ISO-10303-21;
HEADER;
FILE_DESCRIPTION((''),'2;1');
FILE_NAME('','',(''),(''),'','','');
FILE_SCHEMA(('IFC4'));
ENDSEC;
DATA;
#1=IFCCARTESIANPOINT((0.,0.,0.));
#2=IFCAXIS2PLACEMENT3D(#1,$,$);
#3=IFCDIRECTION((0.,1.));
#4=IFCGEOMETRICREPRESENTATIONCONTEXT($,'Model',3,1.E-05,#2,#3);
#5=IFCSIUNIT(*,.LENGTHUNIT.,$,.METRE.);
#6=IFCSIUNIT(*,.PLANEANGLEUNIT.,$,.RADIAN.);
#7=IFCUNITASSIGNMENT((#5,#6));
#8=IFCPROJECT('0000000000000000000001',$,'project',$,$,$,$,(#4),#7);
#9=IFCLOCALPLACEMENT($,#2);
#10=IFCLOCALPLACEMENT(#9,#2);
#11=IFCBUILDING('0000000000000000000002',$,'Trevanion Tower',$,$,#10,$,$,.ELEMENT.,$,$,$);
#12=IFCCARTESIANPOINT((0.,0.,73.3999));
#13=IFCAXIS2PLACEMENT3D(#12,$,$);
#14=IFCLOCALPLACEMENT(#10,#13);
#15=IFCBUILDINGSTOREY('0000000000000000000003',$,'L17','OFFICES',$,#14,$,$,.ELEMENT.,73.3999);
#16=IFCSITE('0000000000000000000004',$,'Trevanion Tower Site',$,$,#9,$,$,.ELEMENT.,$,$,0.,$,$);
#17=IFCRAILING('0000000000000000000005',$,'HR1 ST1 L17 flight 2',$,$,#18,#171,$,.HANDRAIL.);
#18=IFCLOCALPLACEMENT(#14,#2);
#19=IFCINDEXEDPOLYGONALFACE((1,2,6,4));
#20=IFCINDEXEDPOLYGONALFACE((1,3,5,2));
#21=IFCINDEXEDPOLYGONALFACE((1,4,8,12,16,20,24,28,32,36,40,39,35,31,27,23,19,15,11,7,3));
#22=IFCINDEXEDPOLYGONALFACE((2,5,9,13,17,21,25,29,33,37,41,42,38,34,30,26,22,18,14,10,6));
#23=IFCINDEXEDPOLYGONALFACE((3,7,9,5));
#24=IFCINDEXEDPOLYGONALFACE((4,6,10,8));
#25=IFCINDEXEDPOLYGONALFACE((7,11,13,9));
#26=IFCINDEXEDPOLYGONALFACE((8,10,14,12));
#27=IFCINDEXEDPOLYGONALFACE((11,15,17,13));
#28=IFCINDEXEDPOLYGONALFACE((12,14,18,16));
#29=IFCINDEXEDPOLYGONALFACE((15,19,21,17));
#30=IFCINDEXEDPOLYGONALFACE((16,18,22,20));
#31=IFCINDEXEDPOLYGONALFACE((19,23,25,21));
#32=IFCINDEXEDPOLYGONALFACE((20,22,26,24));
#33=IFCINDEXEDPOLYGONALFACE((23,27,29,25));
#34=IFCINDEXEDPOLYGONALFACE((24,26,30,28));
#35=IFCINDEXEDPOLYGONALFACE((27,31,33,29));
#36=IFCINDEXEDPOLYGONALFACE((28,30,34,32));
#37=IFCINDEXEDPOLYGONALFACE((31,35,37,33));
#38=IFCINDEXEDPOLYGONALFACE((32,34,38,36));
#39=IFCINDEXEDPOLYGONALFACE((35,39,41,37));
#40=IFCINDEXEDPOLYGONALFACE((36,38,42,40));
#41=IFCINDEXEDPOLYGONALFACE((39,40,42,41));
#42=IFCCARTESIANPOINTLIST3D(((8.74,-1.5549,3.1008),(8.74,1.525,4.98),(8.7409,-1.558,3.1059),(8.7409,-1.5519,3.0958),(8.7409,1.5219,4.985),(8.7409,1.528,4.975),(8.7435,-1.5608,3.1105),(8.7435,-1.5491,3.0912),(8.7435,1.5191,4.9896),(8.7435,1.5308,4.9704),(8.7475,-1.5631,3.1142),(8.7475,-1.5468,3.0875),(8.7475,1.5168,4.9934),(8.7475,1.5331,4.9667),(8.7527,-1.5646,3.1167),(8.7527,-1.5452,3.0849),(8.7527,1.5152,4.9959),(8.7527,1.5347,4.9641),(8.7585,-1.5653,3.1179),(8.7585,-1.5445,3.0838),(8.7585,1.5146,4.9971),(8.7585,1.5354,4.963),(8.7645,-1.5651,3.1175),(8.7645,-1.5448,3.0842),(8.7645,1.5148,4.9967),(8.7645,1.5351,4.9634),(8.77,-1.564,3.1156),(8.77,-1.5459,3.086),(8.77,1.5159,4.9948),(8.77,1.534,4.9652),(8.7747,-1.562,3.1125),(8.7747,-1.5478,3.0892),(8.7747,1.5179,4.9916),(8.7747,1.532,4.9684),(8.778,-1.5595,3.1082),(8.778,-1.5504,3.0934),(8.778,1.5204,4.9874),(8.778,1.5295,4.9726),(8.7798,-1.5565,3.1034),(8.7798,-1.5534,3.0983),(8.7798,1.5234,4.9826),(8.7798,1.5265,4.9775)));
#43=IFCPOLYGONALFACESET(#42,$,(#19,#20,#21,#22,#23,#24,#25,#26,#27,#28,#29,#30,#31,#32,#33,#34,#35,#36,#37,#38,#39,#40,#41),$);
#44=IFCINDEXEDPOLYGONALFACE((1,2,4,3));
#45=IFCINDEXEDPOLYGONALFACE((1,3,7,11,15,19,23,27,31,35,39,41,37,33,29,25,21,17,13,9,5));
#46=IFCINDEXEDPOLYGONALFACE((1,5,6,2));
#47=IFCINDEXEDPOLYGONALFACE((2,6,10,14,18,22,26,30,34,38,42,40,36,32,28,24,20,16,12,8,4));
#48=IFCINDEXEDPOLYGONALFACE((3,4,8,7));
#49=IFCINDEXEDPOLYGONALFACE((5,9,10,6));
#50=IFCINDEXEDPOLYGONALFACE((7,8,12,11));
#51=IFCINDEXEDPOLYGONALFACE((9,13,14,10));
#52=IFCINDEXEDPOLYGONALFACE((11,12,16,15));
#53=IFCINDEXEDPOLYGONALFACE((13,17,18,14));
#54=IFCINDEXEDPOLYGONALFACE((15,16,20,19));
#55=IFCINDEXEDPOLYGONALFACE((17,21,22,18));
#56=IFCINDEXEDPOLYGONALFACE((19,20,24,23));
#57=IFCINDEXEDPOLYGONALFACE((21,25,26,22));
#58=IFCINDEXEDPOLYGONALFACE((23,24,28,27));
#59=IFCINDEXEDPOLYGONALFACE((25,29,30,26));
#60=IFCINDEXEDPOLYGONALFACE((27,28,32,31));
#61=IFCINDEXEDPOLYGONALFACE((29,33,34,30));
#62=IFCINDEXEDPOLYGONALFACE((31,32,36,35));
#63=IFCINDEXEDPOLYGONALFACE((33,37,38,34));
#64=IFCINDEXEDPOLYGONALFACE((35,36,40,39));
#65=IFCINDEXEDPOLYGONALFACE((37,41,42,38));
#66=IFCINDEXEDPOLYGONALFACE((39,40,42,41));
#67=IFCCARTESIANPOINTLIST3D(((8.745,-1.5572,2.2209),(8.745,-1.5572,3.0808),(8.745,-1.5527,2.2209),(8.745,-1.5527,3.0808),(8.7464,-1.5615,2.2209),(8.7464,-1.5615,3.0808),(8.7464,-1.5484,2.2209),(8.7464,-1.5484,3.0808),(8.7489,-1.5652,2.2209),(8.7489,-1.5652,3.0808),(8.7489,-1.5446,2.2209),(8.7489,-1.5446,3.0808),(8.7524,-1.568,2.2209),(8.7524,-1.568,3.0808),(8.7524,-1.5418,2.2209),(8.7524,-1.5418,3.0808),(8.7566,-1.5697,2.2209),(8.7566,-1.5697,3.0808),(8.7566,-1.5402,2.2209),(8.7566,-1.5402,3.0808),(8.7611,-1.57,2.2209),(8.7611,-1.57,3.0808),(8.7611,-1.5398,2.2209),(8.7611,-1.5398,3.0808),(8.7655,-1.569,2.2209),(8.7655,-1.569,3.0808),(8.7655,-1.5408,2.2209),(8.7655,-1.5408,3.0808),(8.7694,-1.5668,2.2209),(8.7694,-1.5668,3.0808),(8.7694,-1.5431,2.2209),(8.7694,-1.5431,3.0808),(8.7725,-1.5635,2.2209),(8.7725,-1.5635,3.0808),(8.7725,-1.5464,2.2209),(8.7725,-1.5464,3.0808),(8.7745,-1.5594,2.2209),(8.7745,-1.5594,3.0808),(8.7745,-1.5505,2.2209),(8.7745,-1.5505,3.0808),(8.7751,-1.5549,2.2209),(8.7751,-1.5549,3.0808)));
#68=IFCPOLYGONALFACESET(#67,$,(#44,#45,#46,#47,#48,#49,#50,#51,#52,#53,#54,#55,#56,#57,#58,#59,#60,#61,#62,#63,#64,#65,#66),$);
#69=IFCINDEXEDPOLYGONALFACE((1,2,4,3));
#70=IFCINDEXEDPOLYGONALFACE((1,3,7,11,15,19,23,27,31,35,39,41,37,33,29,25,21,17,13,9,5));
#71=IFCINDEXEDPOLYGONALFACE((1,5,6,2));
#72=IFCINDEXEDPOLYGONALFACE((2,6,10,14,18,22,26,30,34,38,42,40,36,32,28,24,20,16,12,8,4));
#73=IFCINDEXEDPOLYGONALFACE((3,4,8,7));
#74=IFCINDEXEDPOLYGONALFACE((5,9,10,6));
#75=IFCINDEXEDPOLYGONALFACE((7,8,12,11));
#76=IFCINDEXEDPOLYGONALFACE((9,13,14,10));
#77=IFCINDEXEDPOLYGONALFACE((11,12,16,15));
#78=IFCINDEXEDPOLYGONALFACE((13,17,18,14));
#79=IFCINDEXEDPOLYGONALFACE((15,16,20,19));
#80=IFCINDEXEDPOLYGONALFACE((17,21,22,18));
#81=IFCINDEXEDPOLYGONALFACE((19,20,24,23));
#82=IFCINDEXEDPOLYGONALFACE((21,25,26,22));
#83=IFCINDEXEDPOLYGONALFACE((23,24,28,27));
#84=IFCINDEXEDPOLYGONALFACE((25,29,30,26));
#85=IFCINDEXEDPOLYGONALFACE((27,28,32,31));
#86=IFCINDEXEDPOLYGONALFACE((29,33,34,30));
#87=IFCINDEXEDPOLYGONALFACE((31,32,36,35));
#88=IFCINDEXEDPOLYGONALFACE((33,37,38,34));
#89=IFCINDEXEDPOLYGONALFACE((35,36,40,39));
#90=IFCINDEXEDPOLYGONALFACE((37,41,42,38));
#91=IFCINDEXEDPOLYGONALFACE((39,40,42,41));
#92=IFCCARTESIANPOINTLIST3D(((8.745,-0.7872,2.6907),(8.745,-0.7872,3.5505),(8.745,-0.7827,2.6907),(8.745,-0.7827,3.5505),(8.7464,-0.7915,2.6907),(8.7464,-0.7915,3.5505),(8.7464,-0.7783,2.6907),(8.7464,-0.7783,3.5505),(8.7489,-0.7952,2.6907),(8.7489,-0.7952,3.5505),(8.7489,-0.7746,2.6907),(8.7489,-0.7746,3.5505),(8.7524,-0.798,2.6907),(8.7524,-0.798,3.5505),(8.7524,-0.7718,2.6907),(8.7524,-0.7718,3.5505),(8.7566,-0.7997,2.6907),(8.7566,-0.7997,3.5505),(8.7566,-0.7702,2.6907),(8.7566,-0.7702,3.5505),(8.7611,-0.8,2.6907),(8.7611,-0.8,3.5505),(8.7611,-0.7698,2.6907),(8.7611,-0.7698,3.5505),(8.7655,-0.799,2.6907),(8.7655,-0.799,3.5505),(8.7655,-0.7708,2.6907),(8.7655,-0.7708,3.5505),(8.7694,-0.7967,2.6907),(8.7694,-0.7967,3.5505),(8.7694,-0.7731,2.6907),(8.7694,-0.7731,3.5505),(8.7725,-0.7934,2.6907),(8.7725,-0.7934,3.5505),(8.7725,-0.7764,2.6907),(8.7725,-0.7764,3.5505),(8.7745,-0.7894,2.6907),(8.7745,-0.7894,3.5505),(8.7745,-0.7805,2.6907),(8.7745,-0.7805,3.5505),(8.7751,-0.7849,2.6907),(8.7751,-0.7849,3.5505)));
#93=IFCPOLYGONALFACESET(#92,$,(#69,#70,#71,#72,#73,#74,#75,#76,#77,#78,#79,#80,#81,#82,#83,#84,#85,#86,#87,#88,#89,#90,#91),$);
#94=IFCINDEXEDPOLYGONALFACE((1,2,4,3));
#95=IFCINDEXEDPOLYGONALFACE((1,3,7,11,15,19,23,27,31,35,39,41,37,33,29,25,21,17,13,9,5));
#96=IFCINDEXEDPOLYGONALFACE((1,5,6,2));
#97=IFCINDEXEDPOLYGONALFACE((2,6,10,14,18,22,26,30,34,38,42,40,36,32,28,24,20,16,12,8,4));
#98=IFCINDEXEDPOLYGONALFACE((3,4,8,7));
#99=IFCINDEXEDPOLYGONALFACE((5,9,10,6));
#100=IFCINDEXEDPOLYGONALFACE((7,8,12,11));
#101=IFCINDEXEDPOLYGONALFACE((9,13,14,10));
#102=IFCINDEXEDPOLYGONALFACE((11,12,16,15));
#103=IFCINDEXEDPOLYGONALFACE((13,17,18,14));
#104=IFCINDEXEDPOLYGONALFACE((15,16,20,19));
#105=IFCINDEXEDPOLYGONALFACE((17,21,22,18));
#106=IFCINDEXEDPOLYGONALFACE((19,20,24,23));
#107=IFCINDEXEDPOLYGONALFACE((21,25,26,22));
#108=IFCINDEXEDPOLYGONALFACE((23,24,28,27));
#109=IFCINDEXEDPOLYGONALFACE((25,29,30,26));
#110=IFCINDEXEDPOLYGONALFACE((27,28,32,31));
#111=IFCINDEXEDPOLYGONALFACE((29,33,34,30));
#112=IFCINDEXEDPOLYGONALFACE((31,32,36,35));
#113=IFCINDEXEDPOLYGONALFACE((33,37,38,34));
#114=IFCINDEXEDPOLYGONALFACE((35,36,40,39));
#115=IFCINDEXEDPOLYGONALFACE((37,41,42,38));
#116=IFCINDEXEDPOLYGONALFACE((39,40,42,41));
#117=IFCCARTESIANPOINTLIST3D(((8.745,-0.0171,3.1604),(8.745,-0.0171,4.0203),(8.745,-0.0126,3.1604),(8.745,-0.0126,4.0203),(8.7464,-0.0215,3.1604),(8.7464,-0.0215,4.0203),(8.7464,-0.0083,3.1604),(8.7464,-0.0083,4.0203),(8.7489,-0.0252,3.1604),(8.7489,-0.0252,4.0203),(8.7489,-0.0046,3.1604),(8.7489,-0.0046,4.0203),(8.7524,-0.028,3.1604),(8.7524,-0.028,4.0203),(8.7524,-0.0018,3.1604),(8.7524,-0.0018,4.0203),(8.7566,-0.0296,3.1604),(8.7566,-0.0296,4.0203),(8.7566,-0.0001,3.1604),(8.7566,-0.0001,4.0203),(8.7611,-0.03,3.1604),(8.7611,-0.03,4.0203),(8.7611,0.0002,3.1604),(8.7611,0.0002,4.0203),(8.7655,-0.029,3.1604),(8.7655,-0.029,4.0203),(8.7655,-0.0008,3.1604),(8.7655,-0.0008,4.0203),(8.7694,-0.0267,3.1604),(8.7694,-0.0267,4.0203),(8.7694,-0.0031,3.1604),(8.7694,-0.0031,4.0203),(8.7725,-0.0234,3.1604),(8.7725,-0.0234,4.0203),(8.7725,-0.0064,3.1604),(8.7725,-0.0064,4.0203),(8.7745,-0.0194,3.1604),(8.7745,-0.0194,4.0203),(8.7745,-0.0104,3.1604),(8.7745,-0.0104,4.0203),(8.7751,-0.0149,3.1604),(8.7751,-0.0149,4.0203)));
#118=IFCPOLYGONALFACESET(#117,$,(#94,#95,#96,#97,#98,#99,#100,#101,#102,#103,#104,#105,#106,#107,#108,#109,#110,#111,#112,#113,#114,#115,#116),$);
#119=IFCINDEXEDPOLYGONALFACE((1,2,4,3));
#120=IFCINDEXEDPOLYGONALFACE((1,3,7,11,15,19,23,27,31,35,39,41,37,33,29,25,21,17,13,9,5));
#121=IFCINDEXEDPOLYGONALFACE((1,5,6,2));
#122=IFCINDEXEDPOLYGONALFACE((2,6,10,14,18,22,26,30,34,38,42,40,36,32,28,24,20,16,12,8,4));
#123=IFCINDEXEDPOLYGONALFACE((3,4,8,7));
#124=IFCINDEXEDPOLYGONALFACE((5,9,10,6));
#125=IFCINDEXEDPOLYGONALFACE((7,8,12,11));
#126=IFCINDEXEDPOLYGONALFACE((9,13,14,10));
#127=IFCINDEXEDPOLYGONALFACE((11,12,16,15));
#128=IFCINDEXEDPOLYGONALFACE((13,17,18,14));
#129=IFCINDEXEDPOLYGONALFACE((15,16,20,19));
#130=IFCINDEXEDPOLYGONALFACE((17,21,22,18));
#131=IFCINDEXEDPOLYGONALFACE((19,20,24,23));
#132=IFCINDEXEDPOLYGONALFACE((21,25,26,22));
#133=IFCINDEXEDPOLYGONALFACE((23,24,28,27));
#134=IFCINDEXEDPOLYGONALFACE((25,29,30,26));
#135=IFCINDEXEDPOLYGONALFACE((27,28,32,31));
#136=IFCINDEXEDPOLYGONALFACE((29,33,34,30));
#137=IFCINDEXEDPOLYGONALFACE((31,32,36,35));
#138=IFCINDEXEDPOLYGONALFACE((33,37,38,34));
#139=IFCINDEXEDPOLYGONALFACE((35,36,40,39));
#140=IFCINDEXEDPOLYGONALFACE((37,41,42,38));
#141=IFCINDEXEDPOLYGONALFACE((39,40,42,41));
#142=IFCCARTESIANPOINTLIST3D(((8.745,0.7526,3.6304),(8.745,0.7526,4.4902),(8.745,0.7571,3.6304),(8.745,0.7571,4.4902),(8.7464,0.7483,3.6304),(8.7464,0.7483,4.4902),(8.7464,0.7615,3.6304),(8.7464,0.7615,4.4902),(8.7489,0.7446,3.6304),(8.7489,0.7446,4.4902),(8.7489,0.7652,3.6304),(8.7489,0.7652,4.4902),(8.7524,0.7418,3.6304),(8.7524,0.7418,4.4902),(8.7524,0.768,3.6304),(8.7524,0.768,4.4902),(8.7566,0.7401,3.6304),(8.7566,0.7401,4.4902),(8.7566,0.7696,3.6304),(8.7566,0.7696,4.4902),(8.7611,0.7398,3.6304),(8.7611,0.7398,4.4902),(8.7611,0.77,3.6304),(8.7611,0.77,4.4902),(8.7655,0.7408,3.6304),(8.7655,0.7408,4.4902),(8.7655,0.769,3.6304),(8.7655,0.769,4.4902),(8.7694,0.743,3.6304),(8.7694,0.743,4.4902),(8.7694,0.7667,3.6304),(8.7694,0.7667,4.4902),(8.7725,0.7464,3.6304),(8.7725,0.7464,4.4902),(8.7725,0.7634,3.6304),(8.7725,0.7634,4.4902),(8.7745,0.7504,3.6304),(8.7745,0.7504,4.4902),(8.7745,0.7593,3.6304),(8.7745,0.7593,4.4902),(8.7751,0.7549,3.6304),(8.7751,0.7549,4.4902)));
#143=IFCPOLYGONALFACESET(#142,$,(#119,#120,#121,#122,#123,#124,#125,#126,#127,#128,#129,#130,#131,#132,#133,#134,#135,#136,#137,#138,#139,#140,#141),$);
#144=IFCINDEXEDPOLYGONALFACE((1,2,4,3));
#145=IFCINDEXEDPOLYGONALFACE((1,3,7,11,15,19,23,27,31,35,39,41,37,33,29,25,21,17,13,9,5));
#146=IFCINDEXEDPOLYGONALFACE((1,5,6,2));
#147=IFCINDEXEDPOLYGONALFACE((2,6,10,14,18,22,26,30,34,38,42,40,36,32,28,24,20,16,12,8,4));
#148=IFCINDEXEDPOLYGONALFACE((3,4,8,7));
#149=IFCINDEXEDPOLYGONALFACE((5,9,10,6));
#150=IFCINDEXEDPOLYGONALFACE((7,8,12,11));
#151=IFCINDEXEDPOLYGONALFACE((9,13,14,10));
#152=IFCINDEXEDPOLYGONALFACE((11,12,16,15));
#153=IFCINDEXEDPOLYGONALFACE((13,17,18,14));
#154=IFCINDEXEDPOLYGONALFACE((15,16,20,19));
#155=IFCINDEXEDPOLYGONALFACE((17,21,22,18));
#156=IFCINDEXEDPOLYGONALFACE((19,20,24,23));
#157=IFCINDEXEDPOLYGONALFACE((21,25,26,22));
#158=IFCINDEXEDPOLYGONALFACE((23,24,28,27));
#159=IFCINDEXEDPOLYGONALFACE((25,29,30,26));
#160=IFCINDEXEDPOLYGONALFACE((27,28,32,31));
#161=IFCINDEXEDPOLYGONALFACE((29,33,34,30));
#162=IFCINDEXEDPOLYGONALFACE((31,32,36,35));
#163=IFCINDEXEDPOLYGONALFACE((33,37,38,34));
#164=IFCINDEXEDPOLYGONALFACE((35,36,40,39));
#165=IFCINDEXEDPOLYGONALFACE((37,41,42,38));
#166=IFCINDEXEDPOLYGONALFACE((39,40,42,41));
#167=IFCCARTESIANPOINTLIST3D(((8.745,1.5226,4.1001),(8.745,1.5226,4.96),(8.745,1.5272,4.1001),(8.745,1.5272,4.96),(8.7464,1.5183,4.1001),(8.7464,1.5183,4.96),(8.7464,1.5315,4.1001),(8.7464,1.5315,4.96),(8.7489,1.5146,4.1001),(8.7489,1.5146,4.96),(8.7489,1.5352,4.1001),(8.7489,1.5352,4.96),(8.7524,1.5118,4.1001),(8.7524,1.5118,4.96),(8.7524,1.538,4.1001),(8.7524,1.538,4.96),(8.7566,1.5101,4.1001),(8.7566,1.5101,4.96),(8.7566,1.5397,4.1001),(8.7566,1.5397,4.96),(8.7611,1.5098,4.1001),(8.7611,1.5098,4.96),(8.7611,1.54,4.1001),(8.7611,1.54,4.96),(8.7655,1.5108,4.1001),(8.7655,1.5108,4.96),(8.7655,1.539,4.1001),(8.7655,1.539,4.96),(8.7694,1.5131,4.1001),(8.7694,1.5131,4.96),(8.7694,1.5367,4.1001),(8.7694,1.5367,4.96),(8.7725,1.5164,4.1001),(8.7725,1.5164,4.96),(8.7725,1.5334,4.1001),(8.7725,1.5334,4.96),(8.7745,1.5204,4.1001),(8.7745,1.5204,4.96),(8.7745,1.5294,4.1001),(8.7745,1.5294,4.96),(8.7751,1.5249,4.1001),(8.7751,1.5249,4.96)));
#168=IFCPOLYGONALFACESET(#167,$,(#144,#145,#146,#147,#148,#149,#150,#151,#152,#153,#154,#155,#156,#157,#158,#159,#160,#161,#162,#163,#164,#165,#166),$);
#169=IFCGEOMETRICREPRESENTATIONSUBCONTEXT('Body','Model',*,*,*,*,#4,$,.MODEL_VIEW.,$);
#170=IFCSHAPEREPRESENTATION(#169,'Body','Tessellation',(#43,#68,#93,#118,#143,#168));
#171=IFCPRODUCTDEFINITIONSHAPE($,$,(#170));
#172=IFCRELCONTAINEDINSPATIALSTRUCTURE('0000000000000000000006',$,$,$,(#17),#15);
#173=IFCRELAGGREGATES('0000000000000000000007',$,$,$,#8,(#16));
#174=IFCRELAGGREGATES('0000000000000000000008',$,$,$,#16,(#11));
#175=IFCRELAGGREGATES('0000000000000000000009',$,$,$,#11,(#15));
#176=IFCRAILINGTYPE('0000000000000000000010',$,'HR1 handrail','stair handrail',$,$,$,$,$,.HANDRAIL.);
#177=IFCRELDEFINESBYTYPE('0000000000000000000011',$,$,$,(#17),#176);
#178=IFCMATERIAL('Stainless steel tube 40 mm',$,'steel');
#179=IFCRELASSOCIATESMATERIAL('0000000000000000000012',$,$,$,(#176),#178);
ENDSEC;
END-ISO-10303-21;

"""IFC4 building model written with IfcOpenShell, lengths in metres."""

from ifc_helpers import new_model, si_unit, direction, frame, origin, origin_2d, place, context, subcontext, project, spatial, circle, extrude, material, type_object, element, save


model = new_model("IFC4")

# Units and contexts
model_context = context("Model", 3, precision=1e-05, world=origin(), true_north=direction((0.0, 1.0)))
body_context = subcontext(model_context, "Body", "Model", "MODEL_VIEW")
ifc_project = project(units=[si_unit("LENGTHUNIT", "METRE"), si_unit("PLANEANGLEUNIT", "RADIAN")], contexts=[model_context])

# Site, building, storey
site_placement = place(None, origin())
site = spatial("IfcSite", under=ifc_project, at=site_placement, Name="Trevanion Tower Site", CompositionType="ELEMENT", RefElevation=0.0)
building_placement = place(site_placement, origin())
building = spatial("IfcBuilding", under=site, at=building_placement, Name="Trevanion Tower", CompositionType="ELEMENT")
storey_placement = place(building_placement, frame((0.0, 0.0, 73.3999)))
storey = spatial("IfcBuildingStorey", under=building, at=storey_placement, Name="L17", Description="OFFICES", CompositionType="ELEMENT", Elevation=73.3999)

# Railing
ifc_material_1 = material(Name="Stainless steel tube 40 mm", Category="steel")
railing_type = type_object("IfcRailingType", Name="HR1 handrail", Description="stair handrail", PredefinedType="HANDRAIL", material=ifc_material_1)
for number, where, name in (
    (1, (8.76, -1.5549, 2.2209), "HR1 ST1 L17 flight 2"),
):
    element("IfcRailing", number, at=place(storey_placement, frame(where)), inside=storey, type_object=railing_type, Name=name, PredefinedType="HANDRAIL", context=body_context, shape_type="SweptSolid", body=[
        extrude(circle(Radius=0.02, at=origin_2d()), frame((0.0, 0.0, 0.8799), z_axis=(0.0, 0.853648, 0.52085), x_axis=(-1.0, 0.0, 0.0)), (0.0, 0.0, 1.0), 3.6079),
        extrude(circle(Radius=0.0151, at=origin_2d()), origin(), (0.0, 0.0, 1.0), 0.8599),
        extrude(circle(Radius=0.0151, at=origin_2d()), frame((0.0, 0.77, 0.4697)), (0.0, 0.0, 1.0), 0.8599),
        extrude(circle(Radius=0.0151, at=origin_2d()), frame((0.0, 1.54, 0.9395)), (0.0, 0.0, 1.0), 0.8599),
        extrude(circle(Radius=0.0151, at=origin_2d()), frame((0.0, 2.3098, 1.4094)), (0.0, 0.0, 1.0), 0.8599),
        extrude(circle(Radius=0.0151, at=origin_2d()), frame((0.0, 3.0798, 1.8792)), (0.0, 0.0, 1.0), 0.8599),
    ])

save(model, "model.ifc")
